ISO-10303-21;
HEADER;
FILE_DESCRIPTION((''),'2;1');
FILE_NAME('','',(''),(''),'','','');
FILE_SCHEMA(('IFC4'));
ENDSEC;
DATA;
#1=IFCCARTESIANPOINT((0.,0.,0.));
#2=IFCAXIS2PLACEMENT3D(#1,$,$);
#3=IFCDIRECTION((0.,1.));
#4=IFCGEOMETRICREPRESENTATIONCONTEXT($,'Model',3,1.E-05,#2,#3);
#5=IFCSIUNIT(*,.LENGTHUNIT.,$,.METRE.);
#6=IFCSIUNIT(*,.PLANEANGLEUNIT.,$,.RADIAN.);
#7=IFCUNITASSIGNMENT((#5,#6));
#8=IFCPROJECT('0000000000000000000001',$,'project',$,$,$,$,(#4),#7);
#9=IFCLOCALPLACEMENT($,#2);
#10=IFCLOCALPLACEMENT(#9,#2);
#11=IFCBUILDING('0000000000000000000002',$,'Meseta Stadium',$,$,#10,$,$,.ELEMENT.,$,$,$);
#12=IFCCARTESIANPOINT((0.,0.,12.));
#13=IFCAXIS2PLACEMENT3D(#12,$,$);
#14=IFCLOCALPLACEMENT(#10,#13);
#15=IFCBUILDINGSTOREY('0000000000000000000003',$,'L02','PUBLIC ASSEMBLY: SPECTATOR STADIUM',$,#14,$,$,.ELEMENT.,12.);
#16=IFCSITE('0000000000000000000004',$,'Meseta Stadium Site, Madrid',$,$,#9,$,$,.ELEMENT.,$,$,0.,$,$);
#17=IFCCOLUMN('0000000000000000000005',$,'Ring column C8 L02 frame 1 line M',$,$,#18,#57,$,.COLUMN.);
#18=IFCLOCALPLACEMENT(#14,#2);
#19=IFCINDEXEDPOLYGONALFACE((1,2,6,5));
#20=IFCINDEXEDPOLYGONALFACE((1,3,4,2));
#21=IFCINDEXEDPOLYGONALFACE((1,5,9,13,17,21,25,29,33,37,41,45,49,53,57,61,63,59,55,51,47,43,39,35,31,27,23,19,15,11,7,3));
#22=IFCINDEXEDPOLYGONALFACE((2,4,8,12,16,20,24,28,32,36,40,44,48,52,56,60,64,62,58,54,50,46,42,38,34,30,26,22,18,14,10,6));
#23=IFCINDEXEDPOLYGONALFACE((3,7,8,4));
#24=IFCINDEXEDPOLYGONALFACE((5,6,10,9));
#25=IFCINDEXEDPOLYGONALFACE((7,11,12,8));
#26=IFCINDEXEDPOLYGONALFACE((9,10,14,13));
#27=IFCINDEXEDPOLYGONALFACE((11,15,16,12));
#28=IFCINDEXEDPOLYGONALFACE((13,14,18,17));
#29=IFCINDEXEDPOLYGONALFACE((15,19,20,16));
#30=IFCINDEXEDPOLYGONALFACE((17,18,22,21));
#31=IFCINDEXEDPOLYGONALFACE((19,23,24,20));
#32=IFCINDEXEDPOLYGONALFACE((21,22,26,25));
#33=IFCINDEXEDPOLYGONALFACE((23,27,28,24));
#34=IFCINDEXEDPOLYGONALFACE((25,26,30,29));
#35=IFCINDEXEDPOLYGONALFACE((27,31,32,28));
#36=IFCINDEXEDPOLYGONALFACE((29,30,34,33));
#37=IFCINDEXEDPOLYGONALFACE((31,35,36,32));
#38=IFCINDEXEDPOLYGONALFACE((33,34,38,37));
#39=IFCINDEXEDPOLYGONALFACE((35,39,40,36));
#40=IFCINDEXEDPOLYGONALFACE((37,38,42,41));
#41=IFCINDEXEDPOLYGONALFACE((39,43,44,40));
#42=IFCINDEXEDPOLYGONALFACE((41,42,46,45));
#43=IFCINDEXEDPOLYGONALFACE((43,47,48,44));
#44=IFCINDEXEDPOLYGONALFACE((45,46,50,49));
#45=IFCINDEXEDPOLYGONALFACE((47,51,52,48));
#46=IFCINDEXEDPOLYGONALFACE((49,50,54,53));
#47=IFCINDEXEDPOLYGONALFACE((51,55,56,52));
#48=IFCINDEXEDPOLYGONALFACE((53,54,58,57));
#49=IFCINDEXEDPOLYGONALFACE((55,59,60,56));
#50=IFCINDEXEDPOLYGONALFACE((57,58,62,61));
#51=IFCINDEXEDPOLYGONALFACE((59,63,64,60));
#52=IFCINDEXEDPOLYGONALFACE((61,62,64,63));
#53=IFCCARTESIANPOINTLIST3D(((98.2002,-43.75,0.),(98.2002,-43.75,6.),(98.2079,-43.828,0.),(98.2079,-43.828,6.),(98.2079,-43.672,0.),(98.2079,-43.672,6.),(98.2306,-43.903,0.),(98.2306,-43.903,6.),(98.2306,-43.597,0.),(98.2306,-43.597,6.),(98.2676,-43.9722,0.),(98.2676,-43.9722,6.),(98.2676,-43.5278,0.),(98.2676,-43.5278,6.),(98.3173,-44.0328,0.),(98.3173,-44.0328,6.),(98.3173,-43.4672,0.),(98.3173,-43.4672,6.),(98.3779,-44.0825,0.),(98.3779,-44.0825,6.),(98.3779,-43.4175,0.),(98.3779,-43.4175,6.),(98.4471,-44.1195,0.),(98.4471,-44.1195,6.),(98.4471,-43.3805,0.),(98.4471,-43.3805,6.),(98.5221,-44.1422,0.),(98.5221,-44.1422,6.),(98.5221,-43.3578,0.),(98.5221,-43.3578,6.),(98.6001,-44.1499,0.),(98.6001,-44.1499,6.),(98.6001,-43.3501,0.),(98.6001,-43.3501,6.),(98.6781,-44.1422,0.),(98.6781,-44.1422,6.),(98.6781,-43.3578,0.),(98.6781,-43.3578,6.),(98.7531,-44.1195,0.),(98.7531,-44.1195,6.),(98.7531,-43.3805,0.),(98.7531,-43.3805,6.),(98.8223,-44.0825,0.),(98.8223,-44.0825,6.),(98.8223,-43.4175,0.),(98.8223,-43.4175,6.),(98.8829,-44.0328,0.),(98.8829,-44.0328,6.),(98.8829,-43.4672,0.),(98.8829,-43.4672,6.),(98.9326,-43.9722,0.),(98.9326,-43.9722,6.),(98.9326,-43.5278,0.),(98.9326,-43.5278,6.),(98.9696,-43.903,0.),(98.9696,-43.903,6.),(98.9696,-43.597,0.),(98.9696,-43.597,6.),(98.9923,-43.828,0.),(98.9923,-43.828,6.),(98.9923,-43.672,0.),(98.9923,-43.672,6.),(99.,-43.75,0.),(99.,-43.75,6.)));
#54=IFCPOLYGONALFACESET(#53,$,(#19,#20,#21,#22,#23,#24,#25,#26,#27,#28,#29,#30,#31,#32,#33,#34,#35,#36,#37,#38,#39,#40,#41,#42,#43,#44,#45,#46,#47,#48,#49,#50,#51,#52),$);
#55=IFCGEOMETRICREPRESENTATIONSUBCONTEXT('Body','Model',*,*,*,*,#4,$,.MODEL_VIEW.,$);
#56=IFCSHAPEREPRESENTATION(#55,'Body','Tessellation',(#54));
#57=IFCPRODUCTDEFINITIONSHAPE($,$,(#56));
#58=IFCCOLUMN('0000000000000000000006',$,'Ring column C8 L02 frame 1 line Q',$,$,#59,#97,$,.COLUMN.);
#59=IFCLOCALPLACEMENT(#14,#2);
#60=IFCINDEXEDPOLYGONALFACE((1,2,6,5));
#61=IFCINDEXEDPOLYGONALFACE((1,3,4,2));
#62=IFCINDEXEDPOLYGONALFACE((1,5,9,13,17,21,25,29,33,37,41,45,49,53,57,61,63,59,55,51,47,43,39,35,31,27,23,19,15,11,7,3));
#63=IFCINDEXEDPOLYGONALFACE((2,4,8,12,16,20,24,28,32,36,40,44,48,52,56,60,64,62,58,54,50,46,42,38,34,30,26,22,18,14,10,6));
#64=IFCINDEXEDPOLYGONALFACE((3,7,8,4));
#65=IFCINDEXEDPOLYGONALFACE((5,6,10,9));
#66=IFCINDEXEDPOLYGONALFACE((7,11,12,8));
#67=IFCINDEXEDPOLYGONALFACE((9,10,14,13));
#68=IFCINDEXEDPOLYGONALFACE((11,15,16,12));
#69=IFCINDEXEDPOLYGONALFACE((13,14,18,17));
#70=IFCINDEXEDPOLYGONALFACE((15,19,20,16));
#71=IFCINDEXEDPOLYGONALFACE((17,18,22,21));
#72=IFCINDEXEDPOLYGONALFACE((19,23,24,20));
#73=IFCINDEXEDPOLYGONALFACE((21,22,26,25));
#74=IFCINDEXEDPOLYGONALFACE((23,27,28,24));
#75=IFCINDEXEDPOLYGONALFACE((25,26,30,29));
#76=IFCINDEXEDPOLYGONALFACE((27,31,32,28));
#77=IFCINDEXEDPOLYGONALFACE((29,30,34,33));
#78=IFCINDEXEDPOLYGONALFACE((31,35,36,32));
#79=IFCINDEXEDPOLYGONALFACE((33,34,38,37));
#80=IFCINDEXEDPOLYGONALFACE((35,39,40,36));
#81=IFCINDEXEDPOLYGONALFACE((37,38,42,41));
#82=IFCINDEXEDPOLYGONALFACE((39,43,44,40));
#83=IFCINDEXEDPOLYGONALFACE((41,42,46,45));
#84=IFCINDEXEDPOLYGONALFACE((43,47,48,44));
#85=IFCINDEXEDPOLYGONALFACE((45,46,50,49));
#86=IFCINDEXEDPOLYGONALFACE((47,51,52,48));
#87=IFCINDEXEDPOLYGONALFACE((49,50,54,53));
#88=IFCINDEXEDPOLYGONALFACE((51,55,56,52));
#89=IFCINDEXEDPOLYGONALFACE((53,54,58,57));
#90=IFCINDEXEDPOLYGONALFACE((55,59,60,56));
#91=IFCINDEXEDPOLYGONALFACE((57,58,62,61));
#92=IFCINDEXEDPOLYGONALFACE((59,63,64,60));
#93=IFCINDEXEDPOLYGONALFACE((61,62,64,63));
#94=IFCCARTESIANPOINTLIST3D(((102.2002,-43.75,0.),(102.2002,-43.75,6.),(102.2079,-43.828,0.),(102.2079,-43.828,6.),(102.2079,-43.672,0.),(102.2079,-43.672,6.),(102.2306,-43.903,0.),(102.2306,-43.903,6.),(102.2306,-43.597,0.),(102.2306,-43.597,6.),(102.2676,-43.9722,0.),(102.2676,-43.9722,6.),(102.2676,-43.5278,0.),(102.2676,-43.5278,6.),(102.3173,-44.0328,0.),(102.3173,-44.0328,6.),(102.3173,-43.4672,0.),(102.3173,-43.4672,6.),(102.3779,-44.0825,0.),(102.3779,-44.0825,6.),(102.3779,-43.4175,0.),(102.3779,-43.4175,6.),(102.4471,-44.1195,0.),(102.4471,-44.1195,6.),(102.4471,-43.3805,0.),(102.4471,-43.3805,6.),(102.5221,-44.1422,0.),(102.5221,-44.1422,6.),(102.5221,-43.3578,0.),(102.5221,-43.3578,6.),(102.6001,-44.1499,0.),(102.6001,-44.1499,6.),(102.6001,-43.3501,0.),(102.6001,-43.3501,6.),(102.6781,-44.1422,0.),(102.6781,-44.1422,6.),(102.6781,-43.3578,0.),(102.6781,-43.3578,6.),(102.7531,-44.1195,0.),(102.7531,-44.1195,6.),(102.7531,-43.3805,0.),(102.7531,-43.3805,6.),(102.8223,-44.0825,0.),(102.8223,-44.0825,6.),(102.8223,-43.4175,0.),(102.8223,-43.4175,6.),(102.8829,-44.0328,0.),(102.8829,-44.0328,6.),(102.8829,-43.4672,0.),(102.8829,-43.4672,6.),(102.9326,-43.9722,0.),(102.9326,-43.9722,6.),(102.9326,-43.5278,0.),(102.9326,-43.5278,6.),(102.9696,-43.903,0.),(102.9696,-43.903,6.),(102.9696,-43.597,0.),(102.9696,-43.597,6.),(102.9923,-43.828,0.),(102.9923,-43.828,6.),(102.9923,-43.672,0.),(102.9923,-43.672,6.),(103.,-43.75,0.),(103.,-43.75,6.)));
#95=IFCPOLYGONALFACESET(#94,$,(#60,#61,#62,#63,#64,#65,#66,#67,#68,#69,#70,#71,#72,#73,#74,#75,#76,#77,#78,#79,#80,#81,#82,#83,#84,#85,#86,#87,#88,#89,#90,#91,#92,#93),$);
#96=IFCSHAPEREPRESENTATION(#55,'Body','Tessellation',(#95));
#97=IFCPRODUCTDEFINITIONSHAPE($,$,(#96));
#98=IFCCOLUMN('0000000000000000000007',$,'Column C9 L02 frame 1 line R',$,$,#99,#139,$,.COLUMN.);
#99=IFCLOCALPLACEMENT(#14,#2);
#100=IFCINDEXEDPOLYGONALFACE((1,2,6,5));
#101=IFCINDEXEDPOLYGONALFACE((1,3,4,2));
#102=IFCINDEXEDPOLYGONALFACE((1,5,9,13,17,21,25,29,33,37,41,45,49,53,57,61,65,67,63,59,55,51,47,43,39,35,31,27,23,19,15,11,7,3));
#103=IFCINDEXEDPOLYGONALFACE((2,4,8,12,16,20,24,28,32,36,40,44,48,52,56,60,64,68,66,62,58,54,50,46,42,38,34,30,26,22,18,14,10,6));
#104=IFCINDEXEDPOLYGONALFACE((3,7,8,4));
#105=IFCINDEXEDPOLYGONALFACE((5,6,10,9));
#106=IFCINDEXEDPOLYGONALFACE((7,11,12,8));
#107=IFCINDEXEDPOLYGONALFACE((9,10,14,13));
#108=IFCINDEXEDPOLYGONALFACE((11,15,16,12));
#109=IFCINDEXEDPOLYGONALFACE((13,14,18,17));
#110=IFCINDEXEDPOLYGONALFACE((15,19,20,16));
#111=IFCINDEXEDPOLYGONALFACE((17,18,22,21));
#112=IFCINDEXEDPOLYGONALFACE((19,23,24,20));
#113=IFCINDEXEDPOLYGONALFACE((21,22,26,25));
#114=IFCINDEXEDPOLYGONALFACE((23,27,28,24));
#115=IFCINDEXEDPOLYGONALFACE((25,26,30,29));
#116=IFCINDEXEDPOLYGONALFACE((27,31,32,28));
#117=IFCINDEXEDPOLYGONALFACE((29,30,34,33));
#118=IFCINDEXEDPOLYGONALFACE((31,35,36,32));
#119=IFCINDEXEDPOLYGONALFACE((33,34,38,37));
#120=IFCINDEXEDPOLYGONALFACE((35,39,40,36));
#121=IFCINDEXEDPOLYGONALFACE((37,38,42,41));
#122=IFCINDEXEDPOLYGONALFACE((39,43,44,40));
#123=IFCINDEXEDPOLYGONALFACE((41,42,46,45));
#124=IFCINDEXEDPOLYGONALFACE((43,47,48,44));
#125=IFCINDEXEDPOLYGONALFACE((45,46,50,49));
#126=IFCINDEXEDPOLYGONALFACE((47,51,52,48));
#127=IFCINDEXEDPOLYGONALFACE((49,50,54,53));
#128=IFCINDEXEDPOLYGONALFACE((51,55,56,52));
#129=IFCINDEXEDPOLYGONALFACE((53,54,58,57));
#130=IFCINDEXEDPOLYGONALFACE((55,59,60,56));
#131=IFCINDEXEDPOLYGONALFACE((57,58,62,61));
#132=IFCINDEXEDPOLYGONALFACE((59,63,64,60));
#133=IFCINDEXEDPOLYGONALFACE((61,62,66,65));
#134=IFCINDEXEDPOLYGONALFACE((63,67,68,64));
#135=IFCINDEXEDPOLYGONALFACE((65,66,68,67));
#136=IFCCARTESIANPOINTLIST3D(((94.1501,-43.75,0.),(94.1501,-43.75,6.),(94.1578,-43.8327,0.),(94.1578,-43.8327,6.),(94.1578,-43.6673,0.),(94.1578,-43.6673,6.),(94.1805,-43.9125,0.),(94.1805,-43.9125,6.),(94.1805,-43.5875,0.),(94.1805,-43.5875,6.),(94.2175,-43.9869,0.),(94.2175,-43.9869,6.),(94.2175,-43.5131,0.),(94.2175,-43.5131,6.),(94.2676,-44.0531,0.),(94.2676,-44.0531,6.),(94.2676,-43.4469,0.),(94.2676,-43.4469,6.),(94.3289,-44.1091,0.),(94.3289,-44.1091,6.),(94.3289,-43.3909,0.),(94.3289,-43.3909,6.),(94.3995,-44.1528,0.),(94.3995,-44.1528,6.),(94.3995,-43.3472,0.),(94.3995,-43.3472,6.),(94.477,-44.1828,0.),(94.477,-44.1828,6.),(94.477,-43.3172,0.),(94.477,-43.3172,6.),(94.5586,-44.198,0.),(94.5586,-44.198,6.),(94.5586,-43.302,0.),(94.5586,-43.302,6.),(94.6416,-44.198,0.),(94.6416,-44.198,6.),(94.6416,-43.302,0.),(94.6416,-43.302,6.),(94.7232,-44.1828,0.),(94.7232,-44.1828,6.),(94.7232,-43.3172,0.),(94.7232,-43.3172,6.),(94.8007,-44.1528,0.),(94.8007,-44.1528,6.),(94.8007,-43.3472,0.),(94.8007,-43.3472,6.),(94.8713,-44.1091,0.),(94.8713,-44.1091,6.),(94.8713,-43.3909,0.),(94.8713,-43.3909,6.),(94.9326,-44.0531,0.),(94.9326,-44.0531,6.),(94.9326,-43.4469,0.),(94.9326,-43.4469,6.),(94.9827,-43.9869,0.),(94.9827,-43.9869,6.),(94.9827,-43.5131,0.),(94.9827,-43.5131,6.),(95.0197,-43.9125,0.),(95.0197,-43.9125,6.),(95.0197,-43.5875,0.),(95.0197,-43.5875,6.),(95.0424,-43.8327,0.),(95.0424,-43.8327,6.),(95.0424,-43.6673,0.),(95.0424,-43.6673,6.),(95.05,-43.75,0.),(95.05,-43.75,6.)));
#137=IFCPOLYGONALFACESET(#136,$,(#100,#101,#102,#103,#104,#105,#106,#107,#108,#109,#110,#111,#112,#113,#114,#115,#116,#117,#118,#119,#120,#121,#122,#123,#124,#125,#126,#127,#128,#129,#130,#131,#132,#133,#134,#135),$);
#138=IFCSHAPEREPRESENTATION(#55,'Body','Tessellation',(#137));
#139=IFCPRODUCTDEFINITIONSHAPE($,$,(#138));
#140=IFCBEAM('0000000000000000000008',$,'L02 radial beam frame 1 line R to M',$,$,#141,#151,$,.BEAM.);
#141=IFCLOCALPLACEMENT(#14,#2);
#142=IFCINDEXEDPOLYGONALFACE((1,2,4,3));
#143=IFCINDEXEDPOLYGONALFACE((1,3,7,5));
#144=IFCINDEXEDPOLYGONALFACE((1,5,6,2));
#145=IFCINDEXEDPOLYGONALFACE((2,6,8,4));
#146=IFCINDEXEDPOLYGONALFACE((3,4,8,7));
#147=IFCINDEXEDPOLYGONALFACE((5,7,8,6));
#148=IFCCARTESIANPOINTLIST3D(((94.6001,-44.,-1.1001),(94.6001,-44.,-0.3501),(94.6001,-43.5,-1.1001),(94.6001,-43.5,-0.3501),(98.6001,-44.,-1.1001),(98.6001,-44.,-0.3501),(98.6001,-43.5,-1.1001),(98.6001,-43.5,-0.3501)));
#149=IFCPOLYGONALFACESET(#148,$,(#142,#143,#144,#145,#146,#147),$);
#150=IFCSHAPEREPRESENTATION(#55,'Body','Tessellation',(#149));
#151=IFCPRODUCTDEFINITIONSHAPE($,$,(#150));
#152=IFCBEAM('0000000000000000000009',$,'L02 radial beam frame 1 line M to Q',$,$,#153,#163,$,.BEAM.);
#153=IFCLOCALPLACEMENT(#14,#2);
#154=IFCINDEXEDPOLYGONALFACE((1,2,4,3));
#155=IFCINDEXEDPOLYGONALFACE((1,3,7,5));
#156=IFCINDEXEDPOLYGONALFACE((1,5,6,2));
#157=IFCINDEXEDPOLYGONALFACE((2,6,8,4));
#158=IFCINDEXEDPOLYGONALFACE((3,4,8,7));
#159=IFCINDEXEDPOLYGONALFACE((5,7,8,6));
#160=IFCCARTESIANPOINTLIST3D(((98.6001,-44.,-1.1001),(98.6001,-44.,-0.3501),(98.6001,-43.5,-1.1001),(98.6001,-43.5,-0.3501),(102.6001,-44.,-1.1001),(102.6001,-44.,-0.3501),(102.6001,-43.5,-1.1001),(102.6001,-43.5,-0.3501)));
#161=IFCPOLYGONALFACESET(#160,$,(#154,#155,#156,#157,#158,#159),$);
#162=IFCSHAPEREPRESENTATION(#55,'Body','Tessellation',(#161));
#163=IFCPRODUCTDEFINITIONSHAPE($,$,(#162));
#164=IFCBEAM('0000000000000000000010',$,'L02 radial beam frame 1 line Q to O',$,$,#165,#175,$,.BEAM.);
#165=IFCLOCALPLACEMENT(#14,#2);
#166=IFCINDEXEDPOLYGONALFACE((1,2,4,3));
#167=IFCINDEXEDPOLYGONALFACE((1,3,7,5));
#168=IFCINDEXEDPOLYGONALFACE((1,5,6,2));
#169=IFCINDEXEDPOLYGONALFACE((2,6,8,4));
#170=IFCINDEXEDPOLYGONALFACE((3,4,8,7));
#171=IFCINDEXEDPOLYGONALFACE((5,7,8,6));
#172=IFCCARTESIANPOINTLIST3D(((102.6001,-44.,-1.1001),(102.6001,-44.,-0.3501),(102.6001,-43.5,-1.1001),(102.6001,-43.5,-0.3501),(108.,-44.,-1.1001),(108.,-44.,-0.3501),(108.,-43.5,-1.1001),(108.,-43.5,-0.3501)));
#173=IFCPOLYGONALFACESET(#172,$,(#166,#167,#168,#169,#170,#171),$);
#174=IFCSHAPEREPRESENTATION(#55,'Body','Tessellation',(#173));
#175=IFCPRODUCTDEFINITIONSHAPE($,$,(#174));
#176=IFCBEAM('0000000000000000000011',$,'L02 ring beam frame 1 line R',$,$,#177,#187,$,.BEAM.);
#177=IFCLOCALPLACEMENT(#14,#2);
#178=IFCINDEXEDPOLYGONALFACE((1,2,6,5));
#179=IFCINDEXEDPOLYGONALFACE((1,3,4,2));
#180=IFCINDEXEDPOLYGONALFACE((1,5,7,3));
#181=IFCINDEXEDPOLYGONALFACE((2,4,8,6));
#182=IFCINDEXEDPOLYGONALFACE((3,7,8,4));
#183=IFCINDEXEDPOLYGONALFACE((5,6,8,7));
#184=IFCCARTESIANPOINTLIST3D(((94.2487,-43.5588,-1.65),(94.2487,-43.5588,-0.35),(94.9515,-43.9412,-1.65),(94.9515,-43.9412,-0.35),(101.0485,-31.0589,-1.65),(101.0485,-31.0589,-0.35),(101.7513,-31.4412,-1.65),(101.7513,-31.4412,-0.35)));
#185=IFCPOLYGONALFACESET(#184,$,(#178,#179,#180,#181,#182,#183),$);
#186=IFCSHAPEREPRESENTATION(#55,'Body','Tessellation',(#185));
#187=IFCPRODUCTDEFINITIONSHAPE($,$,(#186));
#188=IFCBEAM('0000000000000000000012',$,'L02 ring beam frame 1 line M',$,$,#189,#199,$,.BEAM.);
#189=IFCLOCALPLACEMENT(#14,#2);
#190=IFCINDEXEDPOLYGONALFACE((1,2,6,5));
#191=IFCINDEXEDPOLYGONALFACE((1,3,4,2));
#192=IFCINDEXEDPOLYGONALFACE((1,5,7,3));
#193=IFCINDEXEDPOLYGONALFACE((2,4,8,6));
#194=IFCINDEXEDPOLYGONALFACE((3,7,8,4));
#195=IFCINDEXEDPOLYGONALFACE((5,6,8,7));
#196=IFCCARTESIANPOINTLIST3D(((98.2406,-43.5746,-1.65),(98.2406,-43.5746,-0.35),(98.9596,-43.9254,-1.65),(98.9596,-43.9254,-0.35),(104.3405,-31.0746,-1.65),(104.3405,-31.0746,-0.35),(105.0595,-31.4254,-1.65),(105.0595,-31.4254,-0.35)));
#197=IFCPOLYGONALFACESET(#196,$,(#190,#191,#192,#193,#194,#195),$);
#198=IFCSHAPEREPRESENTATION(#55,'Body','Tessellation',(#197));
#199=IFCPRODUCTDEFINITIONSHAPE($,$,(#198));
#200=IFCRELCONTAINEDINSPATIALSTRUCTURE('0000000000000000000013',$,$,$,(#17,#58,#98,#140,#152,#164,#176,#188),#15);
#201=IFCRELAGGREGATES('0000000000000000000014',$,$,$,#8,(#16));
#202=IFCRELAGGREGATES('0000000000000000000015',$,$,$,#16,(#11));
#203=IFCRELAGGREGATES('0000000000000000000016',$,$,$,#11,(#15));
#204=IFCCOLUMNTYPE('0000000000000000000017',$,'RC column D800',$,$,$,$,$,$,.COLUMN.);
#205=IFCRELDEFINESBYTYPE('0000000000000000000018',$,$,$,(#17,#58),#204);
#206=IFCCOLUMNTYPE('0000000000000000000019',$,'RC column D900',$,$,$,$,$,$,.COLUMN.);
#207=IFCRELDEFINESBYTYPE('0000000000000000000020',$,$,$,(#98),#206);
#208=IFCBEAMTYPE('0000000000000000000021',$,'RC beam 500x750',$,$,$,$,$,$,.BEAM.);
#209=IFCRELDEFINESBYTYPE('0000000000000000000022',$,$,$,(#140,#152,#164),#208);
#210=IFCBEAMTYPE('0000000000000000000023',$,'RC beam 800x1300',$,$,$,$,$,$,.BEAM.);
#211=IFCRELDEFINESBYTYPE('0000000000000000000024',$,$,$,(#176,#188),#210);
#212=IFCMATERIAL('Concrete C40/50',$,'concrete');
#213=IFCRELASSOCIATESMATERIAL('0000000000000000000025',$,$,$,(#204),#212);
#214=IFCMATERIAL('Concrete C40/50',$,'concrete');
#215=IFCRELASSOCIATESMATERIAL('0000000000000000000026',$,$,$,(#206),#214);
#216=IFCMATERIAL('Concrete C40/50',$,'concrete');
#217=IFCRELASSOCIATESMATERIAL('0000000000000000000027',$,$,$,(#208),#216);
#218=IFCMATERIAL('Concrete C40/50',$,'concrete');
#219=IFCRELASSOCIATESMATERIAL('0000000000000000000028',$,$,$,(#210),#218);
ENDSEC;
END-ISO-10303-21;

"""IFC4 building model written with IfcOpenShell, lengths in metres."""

from ifc_helpers import new_model, si_unit, direction, frame, origin, origin_2d, place, context, subcontext, project, spatial, rectangle, circle, extrude, material, material_profile, profile_set, type_object, element, save


model = new_model("IFC4")

# Units and contexts
model_context = context("Model", 3, precision=1e-05, world=origin(), true_north=direction((0.0, 1.0)))
body_context = subcontext(model_context, "Body", "Model", "MODEL_VIEW")
ifc_project = project(units=[si_unit("LENGTHUNIT", "METRE"), si_unit("PLANEANGLEUNIT", "RADIAN")], contexts=[model_context])

# Site, building, storey
site_placement = place(None, origin())
site = spatial("IfcSite", under=ifc_project, at=site_placement, Name="Meseta Stadium Site, Madrid", CompositionType="ELEMENT", RefElevation=0.0)
building_placement = place(site_placement, origin())
building = spatial("IfcBuilding", under=site, at=building_placement, Name="Meseta Stadium", CompositionType="ELEMENT")
storey_placement = place(building_placement, frame((0.0, 0.0, 12.0)))
storey = spatial("IfcBuildingStorey", under=building, at=storey_placement, Name="L02", Description="PUBLIC ASSEMBLY: SPECTATOR STADIUM", CompositionType="ELEMENT", Elevation=12.0)

# Columns
ifc_material_1 = material(Name="Concrete C40/50", Category="concrete")
ifc_material_profile_1 = material_profile(ifc_material_1, circle(Radius=0.3999, at=origin_2d()), Name="RC D800")
ifc_profile_set_1 = profile_set([ifc_material_profile_1], Name="Concrete C40/50")
column_type_1 = type_object("IfcColumnType", Name="RC column D800", PredefinedType="COLUMN", material=ifc_profile_set_1)
for number, where, z_axis, x_axis, name in (
    (1, (98.6001, -43.75, 0.0), (0.0, 0.0, 1.0), (1.0, 0.0, 0.0), "Ring column C8 L02 frame 1 line M"),
    (2, (102.6001, -43.75, 0.0), (0.0, 0.0, 1.0), (1.0, 0.0, 0.0), "Ring column C8 L02 frame 1 line Q"),
):
    element("IfcColumn", number, at=place(storey_placement, frame(where, z_axis=z_axis, x_axis=x_axis)), inside=storey, type_object=column_type_1, Name=name, PredefinedType="COLUMN", context=body_context, shape_type="SweptSolid", body=[
        extrude(circle(Radius=0.3999, at=origin_2d()), origin(), (0.0, 0.0, 1.0), 6.0),
    ])
ifc_material_2 = material(Name="Concrete C40/50", Category="concrete")
ifc_material_profile_2 = material_profile(ifc_material_2, circle(Radius=0.45, at=origin_2d()), Name="RC D900")
ifc_profile_set_2 = profile_set([ifc_material_profile_2], Name="Concrete C40/50")
column_type_2 = type_object("IfcColumnType", Name="RC column D900", PredefinedType="COLUMN", material=ifc_profile_set_2)
column_placement = place(storey_placement, frame((94.6001, -43.75, 0.0), z_axis=(0.0, 0.0, 1.0), x_axis=(1.0, 0.0, 0.0)))
element("IfcColumn", 3, at=column_placement, inside=storey, type_object=column_type_2, Name="Column C9 L02 frame 1 line R", PredefinedType="COLUMN", context=body_context, shape_type="SweptSolid", body=[
    extrude(circle(Radius=0.45, at=origin_2d()), origin(), (0.0, 0.0, 1.0), 6.0),
])

# Beams
ifc_material_3 = material(Name="Concrete C40/50", Category="concrete")
ifc_material_profile_3 = material_profile(ifc_material_3, rectangle(XDim=0.5, YDim=0.75, at=origin_2d()), Name="RC 500x750")
ifc_profile_set_3 = profile_set([ifc_material_profile_3], Name="Concrete C40/50")
beam_type_1 = type_object("IfcBeamType", Name="RC beam 500x750", PredefinedType="BEAM", material=ifc_profile_set_3)
for number, where, z_axis, x_axis, name in (
    (4, (94.6001, -43.75, -0.7251), (1.0, 0.0, 0.0), (0.0, 1.0, 0.0), "L02 radial beam frame 1 line R to M"),
    (5, (98.6001, -43.75, -0.7251), (1.0, 0.0, 0.0), (0.0, 1.0, 0.0), "L02 radial beam frame 1 line M to Q"),
):
    element("IfcBeam", number, at=place(storey_placement, frame(where, z_axis=z_axis, x_axis=x_axis)), inside=storey, type_object=beam_type_1, Name=name, PredefinedType="BEAM", context=body_context, shape_type="SweptSolid", body=[
        extrude(rectangle(XDim=0.5, YDim=0.75, at=origin_2d()), origin(), (0.0, 0.0, 1.0), 4.0),
    ])
beam_1_placement = place(storey_placement, frame((102.6001, -43.75, -0.7251), z_axis=(1.0, 0.0, 0.0), x_axis=(0.0, 1.0, 0.0)))
element("IfcBeam", 6, at=beam_1_placement, inside=storey, type_object=beam_type_1, Name="L02 radial beam frame 1 line Q to O", PredefinedType="BEAM", context=body_context, shape_type="SweptSolid", body=[
    extrude(rectangle(XDim=0.5, YDim=0.75, at=origin_2d()), origin(), (0.0, 0.0, 1.0), 5.3999),
])
ifc_material_4 = material(Name="Concrete C40/50", Category="concrete")
ifc_material_profile_4 = material_profile(ifc_material_4, rectangle(XDim=0.8, YDim=1.3, at=origin_2d()), Name="RC 800x1300")
ifc_profile_set_4 = profile_set([ifc_material_profile_4], Name="Concrete C40/50")
beam_type_2 = type_object("IfcBeamType", Name="RC beam 800x1300", PredefinedType="BEAM", material=ifc_profile_set_4)
beam_2_placement = place(storey_placement, frame((94.6001, -43.75, -1.0), z_axis=(0.477856, 0.878438, 0.0), x_axis=(-0.878438, 0.477856, 0.0)))
element("IfcBeam", 7, at=beam_2_placement, inside=storey, type_object=beam_type_2, Name="L02 ring beam frame 1 line R", PredefinedType="BEAM", context=body_context, shape_type="SweptSolid", body=[
    extrude(rectangle(XDim=0.8, YDim=1.3, at=origin_2d()), origin(), (0.0, 0.0, 1.0), 14.2297),
])
beam_3_placement = place(storey_placement, frame((98.6001, -43.75, -1.0), z_axis=(0.438557, 0.898703, 0.0), x_axis=(-0.898703, 0.438557, 0.0)))
element("IfcBeam", 8, at=beam_3_placement, inside=storey, type_object=beam_type_2, Name="L02 ring beam frame 1 line M", PredefinedType="BEAM", context=body_context, shape_type="SweptSolid", body=[
    extrude(rectangle(XDim=0.8, YDim=1.3, at=origin_2d()), origin(), (0.0, 0.0, 1.0), 13.9089),
])

save(model, "model.ifc")
